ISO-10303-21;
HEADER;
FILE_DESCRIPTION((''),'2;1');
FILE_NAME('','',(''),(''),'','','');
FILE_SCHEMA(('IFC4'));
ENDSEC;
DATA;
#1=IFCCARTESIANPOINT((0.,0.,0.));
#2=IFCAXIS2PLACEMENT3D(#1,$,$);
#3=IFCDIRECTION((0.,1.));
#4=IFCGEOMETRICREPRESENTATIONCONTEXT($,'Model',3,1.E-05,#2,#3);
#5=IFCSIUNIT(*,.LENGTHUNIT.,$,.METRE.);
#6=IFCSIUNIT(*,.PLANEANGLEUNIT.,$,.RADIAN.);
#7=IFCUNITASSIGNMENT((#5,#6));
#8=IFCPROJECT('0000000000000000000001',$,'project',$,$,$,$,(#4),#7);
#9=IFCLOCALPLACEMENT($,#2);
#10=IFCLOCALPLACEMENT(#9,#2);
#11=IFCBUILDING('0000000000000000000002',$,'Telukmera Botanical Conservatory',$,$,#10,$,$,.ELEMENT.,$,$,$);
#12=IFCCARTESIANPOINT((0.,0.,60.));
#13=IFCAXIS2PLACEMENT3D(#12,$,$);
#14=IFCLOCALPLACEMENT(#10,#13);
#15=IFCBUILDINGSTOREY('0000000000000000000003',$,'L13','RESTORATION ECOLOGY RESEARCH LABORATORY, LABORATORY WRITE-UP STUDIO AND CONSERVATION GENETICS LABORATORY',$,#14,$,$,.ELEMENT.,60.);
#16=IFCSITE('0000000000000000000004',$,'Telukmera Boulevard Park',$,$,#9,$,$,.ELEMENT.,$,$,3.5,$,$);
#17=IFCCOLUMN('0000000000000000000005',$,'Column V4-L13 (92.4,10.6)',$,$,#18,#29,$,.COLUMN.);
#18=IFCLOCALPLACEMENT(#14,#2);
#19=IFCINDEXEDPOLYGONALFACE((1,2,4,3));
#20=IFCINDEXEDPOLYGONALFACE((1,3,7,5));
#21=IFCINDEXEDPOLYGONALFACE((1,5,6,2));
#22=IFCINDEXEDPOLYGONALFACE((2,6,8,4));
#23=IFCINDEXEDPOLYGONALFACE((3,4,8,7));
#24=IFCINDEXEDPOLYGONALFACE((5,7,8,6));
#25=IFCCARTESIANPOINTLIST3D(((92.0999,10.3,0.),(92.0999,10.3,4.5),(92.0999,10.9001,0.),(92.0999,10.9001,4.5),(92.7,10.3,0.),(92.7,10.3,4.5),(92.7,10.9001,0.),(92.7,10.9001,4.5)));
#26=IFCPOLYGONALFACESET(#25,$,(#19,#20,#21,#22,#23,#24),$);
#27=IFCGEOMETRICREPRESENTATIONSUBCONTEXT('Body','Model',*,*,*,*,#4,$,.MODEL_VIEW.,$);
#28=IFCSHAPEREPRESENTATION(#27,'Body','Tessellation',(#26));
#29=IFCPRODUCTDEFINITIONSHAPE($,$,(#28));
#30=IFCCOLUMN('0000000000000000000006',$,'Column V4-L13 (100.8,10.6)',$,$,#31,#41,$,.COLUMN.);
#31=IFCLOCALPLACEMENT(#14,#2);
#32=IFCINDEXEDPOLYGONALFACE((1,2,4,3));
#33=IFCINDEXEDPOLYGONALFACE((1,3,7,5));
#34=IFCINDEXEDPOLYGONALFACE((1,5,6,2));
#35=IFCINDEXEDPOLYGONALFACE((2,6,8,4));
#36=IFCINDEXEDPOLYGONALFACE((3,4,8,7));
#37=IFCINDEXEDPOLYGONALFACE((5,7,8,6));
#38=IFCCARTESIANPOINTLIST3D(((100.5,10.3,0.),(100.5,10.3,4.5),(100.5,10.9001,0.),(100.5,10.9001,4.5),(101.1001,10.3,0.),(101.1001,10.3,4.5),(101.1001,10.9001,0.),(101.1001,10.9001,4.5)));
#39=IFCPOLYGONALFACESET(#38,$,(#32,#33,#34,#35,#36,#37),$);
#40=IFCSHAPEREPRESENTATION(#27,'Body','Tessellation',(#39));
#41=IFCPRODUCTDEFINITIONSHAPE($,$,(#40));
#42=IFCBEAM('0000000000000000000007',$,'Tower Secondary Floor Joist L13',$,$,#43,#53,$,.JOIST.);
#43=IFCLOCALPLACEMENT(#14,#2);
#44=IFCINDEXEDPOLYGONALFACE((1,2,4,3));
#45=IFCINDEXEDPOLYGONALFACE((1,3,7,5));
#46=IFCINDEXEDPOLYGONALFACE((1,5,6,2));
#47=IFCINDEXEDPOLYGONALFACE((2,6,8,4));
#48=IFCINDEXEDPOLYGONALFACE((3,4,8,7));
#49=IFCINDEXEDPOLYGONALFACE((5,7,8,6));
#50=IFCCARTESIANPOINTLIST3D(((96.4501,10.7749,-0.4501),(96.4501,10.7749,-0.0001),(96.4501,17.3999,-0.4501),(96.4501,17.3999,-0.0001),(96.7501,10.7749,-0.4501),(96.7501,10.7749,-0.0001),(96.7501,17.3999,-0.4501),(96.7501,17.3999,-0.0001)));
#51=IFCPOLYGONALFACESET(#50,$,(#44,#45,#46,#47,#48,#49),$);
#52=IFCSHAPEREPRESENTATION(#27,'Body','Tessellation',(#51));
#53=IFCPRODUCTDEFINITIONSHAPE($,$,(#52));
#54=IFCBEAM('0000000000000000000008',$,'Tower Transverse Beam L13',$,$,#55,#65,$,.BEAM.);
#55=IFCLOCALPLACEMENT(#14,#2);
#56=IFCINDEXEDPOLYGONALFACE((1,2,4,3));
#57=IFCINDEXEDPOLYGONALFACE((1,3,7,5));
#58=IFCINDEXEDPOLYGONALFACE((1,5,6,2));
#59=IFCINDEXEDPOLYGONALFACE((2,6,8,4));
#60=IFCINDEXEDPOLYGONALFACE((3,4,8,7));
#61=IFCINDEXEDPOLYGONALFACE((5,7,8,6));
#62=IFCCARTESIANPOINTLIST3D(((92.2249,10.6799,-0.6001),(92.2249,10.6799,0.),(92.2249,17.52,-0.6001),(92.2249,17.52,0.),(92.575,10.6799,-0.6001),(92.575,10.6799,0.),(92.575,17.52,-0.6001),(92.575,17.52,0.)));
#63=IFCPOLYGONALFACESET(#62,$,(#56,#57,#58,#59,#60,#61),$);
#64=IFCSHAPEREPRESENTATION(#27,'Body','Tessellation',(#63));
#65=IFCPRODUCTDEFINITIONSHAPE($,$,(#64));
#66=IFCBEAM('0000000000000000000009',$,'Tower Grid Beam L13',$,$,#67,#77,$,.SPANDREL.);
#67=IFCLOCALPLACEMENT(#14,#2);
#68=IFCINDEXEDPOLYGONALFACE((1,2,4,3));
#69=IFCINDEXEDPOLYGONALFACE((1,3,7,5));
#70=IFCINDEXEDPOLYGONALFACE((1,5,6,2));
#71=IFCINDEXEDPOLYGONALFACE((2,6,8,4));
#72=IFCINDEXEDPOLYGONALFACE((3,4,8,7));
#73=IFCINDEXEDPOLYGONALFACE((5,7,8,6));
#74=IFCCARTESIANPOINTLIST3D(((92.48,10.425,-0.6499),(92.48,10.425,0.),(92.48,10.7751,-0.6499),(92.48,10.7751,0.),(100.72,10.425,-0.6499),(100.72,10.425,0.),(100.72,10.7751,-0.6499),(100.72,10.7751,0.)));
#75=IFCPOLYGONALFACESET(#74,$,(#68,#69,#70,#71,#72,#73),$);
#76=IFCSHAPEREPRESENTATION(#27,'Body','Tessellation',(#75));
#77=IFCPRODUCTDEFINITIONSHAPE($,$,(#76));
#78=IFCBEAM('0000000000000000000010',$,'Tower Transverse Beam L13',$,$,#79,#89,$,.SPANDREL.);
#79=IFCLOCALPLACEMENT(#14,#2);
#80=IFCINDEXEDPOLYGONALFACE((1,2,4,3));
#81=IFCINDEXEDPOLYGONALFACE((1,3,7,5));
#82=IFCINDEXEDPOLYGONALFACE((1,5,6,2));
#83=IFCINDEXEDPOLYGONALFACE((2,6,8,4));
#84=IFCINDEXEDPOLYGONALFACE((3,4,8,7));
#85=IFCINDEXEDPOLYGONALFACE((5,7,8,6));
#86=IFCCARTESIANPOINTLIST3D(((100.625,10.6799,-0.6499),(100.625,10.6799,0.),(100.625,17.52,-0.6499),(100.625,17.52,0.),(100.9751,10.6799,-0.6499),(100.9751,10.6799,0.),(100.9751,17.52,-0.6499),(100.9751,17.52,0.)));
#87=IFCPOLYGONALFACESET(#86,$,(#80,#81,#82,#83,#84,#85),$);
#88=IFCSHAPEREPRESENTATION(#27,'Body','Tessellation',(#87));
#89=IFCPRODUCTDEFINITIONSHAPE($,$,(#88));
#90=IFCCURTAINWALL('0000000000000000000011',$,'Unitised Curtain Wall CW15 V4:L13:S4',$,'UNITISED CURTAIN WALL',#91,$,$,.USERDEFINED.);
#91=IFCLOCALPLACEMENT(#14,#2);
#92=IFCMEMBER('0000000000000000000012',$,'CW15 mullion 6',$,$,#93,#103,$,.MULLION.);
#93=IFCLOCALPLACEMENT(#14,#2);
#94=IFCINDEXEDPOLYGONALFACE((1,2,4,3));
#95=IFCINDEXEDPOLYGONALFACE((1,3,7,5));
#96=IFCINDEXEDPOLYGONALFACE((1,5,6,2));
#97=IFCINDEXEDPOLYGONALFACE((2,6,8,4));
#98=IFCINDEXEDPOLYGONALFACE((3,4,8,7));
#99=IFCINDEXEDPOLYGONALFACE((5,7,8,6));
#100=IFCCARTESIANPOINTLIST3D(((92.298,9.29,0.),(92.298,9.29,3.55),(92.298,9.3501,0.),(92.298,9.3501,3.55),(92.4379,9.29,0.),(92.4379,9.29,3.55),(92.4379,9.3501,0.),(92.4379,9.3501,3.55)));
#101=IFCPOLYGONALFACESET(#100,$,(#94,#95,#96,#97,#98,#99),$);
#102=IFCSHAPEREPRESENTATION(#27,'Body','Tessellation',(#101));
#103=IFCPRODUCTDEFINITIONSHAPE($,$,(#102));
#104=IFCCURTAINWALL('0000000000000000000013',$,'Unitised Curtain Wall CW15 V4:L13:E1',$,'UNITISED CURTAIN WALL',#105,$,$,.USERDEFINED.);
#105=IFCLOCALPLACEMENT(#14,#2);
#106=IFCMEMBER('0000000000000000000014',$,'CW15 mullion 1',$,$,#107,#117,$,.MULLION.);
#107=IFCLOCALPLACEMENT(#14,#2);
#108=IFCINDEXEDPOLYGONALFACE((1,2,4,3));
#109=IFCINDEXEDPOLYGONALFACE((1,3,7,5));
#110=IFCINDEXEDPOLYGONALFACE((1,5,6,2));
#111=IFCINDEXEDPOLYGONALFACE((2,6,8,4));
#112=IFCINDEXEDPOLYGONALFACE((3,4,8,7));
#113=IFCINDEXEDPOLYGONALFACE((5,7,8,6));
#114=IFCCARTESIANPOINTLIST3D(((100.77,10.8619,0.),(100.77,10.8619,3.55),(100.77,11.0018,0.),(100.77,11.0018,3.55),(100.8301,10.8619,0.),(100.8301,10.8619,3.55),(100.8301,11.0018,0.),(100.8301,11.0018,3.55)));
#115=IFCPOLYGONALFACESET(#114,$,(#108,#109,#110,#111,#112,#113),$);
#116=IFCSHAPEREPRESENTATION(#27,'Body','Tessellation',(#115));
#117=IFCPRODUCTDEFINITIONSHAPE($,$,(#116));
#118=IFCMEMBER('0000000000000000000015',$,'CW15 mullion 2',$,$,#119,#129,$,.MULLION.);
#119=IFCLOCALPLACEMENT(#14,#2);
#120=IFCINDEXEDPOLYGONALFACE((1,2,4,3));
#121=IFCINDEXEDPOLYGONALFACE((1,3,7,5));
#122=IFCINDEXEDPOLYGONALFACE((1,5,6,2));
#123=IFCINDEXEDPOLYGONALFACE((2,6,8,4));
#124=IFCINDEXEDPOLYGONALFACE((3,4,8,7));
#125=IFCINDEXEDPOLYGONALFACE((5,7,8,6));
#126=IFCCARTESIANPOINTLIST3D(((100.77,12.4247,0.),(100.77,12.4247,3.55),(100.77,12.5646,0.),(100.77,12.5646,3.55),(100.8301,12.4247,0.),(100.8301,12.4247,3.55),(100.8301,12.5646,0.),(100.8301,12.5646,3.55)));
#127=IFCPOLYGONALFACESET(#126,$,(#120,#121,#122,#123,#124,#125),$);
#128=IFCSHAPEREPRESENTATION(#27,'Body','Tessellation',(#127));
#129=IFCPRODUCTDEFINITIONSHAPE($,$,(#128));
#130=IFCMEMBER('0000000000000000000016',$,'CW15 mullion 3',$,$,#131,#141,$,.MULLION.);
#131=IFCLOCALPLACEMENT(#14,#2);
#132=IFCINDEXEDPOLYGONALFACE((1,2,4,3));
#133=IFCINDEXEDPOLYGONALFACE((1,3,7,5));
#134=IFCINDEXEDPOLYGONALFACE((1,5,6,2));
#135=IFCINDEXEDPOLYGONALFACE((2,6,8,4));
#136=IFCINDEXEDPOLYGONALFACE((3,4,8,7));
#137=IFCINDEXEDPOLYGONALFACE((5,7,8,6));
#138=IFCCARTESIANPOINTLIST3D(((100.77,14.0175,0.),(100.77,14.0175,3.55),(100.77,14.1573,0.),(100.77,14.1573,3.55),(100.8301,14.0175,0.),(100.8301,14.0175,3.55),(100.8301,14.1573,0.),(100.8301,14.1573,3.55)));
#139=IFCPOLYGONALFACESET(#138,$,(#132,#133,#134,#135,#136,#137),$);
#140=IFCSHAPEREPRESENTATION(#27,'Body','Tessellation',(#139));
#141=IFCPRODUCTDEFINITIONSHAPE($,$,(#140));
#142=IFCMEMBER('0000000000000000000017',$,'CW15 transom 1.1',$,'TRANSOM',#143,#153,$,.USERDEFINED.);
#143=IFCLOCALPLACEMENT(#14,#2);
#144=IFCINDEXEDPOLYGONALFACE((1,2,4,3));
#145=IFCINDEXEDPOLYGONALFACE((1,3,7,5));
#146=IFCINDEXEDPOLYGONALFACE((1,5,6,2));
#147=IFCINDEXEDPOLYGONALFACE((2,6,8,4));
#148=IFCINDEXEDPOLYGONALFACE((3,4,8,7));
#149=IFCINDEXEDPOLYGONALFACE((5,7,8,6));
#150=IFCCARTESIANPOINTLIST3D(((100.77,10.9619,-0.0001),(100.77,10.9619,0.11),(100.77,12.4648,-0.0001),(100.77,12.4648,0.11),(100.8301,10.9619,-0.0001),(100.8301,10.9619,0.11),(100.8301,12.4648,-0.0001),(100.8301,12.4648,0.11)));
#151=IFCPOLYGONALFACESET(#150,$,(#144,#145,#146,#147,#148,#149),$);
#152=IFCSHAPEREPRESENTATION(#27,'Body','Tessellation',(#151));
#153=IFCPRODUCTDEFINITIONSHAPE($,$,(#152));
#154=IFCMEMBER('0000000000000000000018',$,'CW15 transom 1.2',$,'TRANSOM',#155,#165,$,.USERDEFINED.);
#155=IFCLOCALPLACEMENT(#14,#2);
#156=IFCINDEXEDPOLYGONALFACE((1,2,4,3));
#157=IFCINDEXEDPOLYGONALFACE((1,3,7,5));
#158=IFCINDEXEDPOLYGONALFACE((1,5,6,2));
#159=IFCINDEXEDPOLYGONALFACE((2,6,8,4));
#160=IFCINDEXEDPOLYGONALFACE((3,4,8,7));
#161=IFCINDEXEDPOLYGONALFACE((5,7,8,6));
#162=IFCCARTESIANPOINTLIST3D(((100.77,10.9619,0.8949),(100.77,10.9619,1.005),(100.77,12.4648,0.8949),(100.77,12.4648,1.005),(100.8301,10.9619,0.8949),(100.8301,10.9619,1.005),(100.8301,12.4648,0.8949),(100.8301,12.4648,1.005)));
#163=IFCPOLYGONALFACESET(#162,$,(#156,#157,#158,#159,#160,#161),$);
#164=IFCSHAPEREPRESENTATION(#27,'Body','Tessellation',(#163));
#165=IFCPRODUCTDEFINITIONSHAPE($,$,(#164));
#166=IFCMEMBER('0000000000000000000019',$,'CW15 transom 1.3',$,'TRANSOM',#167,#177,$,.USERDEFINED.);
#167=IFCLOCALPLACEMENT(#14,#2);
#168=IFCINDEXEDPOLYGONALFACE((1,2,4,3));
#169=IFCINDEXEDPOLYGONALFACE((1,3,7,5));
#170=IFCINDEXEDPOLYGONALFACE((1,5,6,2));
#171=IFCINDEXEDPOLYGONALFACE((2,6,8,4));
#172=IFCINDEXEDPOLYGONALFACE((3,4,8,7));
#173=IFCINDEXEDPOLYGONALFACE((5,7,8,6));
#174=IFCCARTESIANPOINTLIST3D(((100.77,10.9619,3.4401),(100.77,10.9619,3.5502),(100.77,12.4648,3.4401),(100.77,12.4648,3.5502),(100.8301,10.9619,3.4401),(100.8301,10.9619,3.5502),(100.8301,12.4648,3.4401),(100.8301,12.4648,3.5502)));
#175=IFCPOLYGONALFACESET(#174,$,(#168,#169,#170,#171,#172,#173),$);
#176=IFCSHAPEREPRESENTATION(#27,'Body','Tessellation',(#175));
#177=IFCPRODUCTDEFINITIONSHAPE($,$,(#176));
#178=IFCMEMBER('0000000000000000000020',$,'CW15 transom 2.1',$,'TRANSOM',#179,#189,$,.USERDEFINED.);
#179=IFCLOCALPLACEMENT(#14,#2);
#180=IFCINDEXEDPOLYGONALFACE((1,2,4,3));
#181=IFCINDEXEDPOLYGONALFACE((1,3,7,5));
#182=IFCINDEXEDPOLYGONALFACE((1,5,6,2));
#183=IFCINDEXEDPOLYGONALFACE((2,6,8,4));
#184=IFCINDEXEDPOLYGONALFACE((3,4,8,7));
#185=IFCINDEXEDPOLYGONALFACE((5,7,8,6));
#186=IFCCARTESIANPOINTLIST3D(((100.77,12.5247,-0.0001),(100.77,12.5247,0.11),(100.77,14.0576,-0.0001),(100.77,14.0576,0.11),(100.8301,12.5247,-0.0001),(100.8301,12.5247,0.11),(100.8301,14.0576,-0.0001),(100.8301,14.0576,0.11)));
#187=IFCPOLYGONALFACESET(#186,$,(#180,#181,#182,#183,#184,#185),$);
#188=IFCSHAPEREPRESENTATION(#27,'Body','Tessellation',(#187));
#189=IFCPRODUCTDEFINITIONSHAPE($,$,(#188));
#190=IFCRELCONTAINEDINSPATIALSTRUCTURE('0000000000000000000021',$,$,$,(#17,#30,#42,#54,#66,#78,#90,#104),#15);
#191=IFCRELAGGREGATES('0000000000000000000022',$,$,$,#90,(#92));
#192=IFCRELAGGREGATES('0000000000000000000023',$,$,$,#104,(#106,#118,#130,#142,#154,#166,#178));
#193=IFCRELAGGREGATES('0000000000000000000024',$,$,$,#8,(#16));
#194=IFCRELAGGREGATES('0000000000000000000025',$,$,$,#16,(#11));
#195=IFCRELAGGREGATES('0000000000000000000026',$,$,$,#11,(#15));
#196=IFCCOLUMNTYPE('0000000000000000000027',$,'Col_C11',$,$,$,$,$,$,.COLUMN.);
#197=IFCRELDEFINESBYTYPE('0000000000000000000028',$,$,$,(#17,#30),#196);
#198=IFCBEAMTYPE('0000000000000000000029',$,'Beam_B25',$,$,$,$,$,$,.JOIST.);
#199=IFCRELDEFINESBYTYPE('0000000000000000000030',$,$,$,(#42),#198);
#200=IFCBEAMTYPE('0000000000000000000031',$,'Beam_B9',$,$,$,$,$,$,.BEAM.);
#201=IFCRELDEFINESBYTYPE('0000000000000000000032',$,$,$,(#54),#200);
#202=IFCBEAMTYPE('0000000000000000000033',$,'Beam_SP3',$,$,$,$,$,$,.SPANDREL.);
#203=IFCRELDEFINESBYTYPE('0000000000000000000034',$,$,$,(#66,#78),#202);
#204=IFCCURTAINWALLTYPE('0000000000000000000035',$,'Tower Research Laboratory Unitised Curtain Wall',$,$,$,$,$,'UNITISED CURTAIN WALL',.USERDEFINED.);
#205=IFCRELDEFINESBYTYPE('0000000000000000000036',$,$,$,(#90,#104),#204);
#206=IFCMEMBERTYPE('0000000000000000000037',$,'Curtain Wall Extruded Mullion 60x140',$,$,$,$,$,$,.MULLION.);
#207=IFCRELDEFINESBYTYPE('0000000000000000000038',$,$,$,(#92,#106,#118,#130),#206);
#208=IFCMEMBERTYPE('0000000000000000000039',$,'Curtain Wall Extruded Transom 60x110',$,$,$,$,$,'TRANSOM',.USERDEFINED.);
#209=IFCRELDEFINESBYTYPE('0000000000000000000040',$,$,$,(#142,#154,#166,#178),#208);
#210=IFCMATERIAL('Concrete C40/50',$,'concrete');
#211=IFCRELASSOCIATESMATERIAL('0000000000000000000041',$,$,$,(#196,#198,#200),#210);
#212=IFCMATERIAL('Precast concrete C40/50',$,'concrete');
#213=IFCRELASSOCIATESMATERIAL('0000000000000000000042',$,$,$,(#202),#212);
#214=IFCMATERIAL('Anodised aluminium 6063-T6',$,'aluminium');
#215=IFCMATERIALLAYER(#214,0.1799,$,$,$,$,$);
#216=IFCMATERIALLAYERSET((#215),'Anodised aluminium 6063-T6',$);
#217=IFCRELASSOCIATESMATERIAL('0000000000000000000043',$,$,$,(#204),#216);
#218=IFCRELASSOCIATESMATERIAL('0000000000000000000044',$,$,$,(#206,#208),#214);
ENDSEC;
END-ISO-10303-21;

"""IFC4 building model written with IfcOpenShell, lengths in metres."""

from ifc_helpers import new_model, si_unit, direction, frame, origin, origin_2d, place, context, subcontext, project, spatial, rectangle, extrude, material, layer, layer_set, material_profile, profile_set, type_object, element, aggregate, save


model = new_model("IFC4")

# Units and contexts
model_context = context("Model", 3, precision=1e-05, world=origin(), true_north=direction((0.0, 1.0)))
body_context = subcontext(model_context, "Body", "Model", "MODEL_VIEW")
ifc_project = project(units=[si_unit("LENGTHUNIT", "METRE"), si_unit("PLANEANGLEUNIT", "RADIAN")], contexts=[model_context])

# Site, building, storey
site_placement = place(None, origin())
site = spatial("IfcSite", under=ifc_project, at=site_placement, Name="Telukmera Boulevard Park", CompositionType="ELEMENT", RefElevation=3.5)
building_placement = place(site_placement, origin())
building = spatial("IfcBuilding", under=site, at=building_placement, Name="Telukmera Botanical Conservatory", CompositionType="ELEMENT")
storey_placement = place(building_placement, frame((0.0, 0.0, 60.0)))
storey = spatial("IfcBuildingStorey", under=building, at=storey_placement, Name="L13", Description="RESTORATION ECOLOGY RESEARCH LABORATORY, LABORATORY WRITE-UP STUDIO AND CONSERVATION GENETICS LABORATORY", CompositionType="ELEMENT", Elevation=60.0)

# Columns
ifc_material_1 = material(Name="Concrete C40/50", Category="concrete")
ifc_material_profile_1 = material_profile(ifc_material_1, rectangle(XDim=0.6001, YDim=0.6001, at=origin_2d()), Name="RC 600x600")
ifc_profile_set_1 = profile_set([ifc_material_profile_1], Name="Concrete C40/50")
column_type = type_object("IfcColumnType", Name="Col_C11", PredefinedType="COLUMN", material=ifc_profile_set_1)
for number, where, z_axis, x_axis, name in (
    (1, (92.3999, 10.6001, 0.0), (0.0, 0.0, 1.0), (1.0, 0.0, 0.0), "Column V4-L13 (92.4,10.6)"),
    (2, (100.8, 10.6001, 0.0), (0.0, 0.0, 1.0), (1.0, 0.0, 0.0), "Column V4-L13 (100.8,10.6)"),
):
    element("IfcColumn", number, at=place(storey_placement, frame(where, z_axis=z_axis, x_axis=x_axis)), inside=storey, type_object=column_type, Name=name, PredefinedType="COLUMN", context=body_context, shape_type="SweptSolid", body=[
        extrude(rectangle(XDim=0.6001, YDim=0.6001, at=origin_2d()), origin(), (0.0, 0.0, 1.0), 4.5),
    ])

# Beams
ifc_material_profile_2 = material_profile(ifc_material_1, rectangle(XDim=0.3, YDim=0.45, at=origin_2d()), Name="RC 300x450")
ifc_profile_set_2 = profile_set([ifc_material_profile_2], Name="Concrete C40/50")
beam_type_1 = type_object("IfcBeamType", Name="Beam_B25", PredefinedType="JOIST", material=ifc_profile_set_2)
beam_1_placement = place(storey_placement, frame((96.6001, 10.7749, -0.2251), z_axis=(0.0, 1.0, 0.0), x_axis=(-1.0, 0.0, 0.0)))
element("IfcBeam", 3, at=beam_1_placement, inside=storey, type_object=beam_type_1, Name="Tower Secondary Floor Joist L13", PredefinedType="JOIST", context=body_context, shape_type="SweptSolid", body=[
    extrude(rectangle(XDim=0.3, YDim=0.45, at=origin_2d()), origin(), (0.0, 0.0, 1.0), 6.625),
])
ifc_material_profile_3 = material_profile(ifc_material_1, rectangle(XDim=0.3501, YDim=0.6001, at=origin_2d()), Name="RC 350x600")
ifc_profile_set_3 = profile_set([ifc_material_profile_3], Name="Concrete C40/50")
beam_type_2 = type_object("IfcBeamType", Name="Beam_B9", PredefinedType="BEAM", material=ifc_profile_set_3)
beam_2_placement = place(storey_placement, frame((92.3999, 10.6799, -0.3), z_axis=(0.0, 1.0, 0.0), x_axis=(-1.0, 0.0, 0.0)))
element("IfcBeam", 4, at=beam_2_placement, inside=storey, type_object=beam_type_2, Name="Tower Transverse Beam L13", PredefinedType="BEAM", context=body_context, shape_type="SweptSolid", body=[
    extrude(rectangle(XDim=0.3501, YDim=0.6001, at=origin_2d()), origin(), (0.0, 0.0, 1.0), 6.8401),
])
ifc_material_2 = material(Name="Precast concrete C40/50", Category="concrete")
ifc_material_profile_4 = material_profile(ifc_material_2, rectangle(XDim=0.3501, YDim=0.6499, at=origin_2d()), Name="PC 350x650")
ifc_profile_set_4 = profile_set([ifc_material_profile_4], Name="Precast concrete C40/50")
beam_type_3 = type_object("IfcBeamType", Name="Beam_SP3", PredefinedType="SPANDREL", material=ifc_profile_set_4)
beam_3_placement = place(storey_placement, frame((92.48, 10.6001, -0.325), z_axis=(1.0, 0.0, 0.0), x_axis=(0.0, 1.0, 0.0)))
element("IfcBeam", 5, at=beam_3_placement, inside=storey, type_object=beam_type_3, Name="Tower Grid Beam L13", PredefinedType="SPANDREL", context=body_context, shape_type="SweptSolid", body=[
    extrude(rectangle(XDim=0.3501, YDim=0.6499, at=origin_2d()), origin(), (0.0, 0.0, 1.0), 8.24),
])
beam_4_placement = place(storey_placement, frame((100.8, 10.6799, -0.325), z_axis=(0.0, 1.0, 0.0), x_axis=(-1.0, 0.0, 0.0)))
element("IfcBeam", 6, at=beam_4_placement, inside=storey, type_object=beam_type_3, Name="Tower Transverse Beam L13", PredefinedType="SPANDREL", context=body_context, shape_type="SweptSolid", body=[
    extrude(rectangle(XDim=0.3501, YDim=0.6499, at=origin_2d()), origin(), (0.0, 0.0, 1.0), 6.8401),
])

# Curtain wall, member
ifc_material_3 = material(Name="Anodised aluminium 6063-T6", Category="aluminium")
ifc_layer_1 = layer(ifc_material_3, 0.1799)
ifc_layer_set_1 = layer_set([ifc_layer_1], Name="Anodised aluminium 6063-T6")
curtain_wall_type = type_object("IfcCurtainWallType", Name="Tower Research Laboratory Unitised Curtain Wall", ElementType="UNITISED CURTAIN WALL", PredefinedType="USERDEFINED", material=ifc_layer_set_1)
curtain_wall_1_placement = place(storey_placement, origin())
curtain_wall_1 = element("IfcCurtainWall", 7, at=curtain_wall_1_placement, inside=storey, type_object=curtain_wall_type, Name="Unitised Curtain Wall CW15 V4:L13:S4", ObjectType="UNITISED CURTAIN WALL", PredefinedType="USERDEFINED")
ifc_material_profile_5 = material_profile(ifc_material_3, rectangle(XDim=0.0601, YDim=0.1399, at=origin_2d()), Name="ALU MULL 60x140")
ifc_profile_set_5 = profile_set([ifc_material_profile_5], Name="Anodised aluminium 6063-T6")
member_type_1 = type_object("IfcMemberType", Name="Curtain Wall Extruded Mullion 60x140", PredefinedType="MULLION", material=ifc_profile_set_5)
member_1_placement = place(storey_placement, frame((92.3679, 9.3201, 0.0), z_axis=(0.0, 0.0, 1.0), x_axis=(0.0, 1.0, 0.0)))
member_1 = element("IfcMember", 8, at=member_1_placement, type_object=member_type_1, Name="CW15 mullion 6", PredefinedType="MULLION", context=body_context, shape_type="SweptSolid", body=[
    extrude(rectangle(XDim=0.0601, YDim=0.1399, at=origin_2d()), origin(), (0.0, 0.0, 1.0), 3.55),
])
aggregate(curtain_wall_1, [member_1])

# Curtain wall, members
curtain_wall_2_placement = place(storey_placement, origin())
curtain_wall_2 = element("IfcCurtainWall", 9, at=curtain_wall_2_placement, inside=storey, type_object=curtain_wall_type, Name="Unitised Curtain Wall CW15 V4:L13:E1", ObjectType="UNITISED CURTAIN WALL", PredefinedType="USERDEFINED")
member_2_placement = place(storey_placement, frame((100.8, 10.9319, 0.0), z_axis=(0.0, 0.0, 1.0), x_axis=(-1.0, 0.0, 0.0)))
member_2 = element("IfcMember", 10, at=member_2_placement, type_object=member_type_1, Name="CW15 mullion 1", PredefinedType="MULLION", context=body_context, shape_type="SweptSolid", body=[
    extrude(rectangle(XDim=0.0601, YDim=0.1399, at=origin_2d()), origin(), (0.0, 0.0, 1.0), 3.55),
])
member_3_placement = place(storey_placement, frame((100.8, 12.4946, 0.0), z_axis=(0.0, 0.0, 1.0), x_axis=(-1.0, 0.0, 0.0)))
member_3 = element("IfcMember", 11, at=member_3_placement, type_object=member_type_1, Name="CW15 mullion 2", PredefinedType="MULLION", context=body_context, shape_type="SweptSolid", body=[
    extrude(rectangle(XDim=0.0601, YDim=0.1399, at=origin_2d()), origin(), (0.0, 0.0, 1.0), 3.55),
])
member_4_placement = place(storey_placement, frame((100.8, 14.0874, 0.0), z_axis=(0.0, 0.0, 1.0), x_axis=(-1.0, 0.0, 0.0)))
member_4 = element("IfcMember", 12, at=member_4_placement, type_object=member_type_1, Name="CW15 mullion 3", PredefinedType="MULLION", context=body_context, shape_type="SweptSolid", body=[
    extrude(rectangle(XDim=0.0601, YDim=0.1399, at=origin_2d()), origin(), (0.0, 0.0, 1.0), 3.55),
])
ifc_material_profile_6 = material_profile(ifc_material_3, rectangle(XDim=0.0601, YDim=0.1101, at=origin_2d()), Name="ALU TRAN 60x110")
ifc_profile_set_6 = profile_set([ifc_material_profile_6], Name="Anodised aluminium 6063-T6")
member_type_2 = type_object("IfcMemberType", Name="Curtain Wall Extruded Transom 60x110", ElementType="TRANSOM", PredefinedType="USERDEFINED", material=ifc_profile_set_6)
member_5_placement = place(storey_placement, frame((100.8, 10.9619, 0.0549), z_axis=(0.0, 1.0, 0.0), x_axis=(-1.0, 0.0, 0.0)))
member_5 = element("IfcMember", 13, at=member_5_placement, type_object=member_type_2, Name="CW15 transom 1.1", ObjectType="TRANSOM", PredefinedType="USERDEFINED", context=body_context, shape_type="SweptSolid", body=[
    extrude(rectangle(XDim=0.0601, YDim=0.1101, at=origin_2d()), origin(), (0.0, 0.0, 1.0), 1.5029),
])
member_6_placement = place(storey_placement, frame((100.8, 10.9619, 0.95), z_axis=(0.0, 1.0, 0.0), x_axis=(-1.0, 0.0, 0.0)))
member_6 = element("IfcMember", 14, at=member_6_placement, type_object=member_type_2, Name="CW15 transom 1.2", ObjectType="TRANSOM", PredefinedType="USERDEFINED", context=body_context, shape_type="SweptSolid", body=[
    extrude(rectangle(XDim=0.0601, YDim=0.1101, at=origin_2d()), origin(), (0.0, 0.0, 1.0), 1.5029),
])
member_7_placement = place(storey_placement, frame((100.8, 10.9619, 3.4951), z_axis=(0.0, 1.0, 0.0), x_axis=(-1.0, 0.0, 0.0)))
member_7 = element("IfcMember", 15, at=member_7_placement, type_object=member_type_2, Name="CW15 transom 1.3", ObjectType="TRANSOM", PredefinedType="USERDEFINED", context=body_context, shape_type="SweptSolid", body=[
    extrude(rectangle(XDim=0.0601, YDim=0.1101, at=origin_2d()), origin(), (0.0, 0.0, 1.0), 1.5029),
])
member_8_placement = place(storey_placement, frame((100.8, 12.5247, 0.0549), z_axis=(0.0, 1.0, 0.0), x_axis=(-1.0, 0.0, 0.0)))
member_8 = element("IfcMember", 16, at=member_8_placement, type_object=member_type_2, Name="CW15 transom 2.1", ObjectType="TRANSOM", PredefinedType="USERDEFINED", context=body_context, shape_type="SweptSolid", body=[
    extrude(rectangle(XDim=0.0601, YDim=0.1101, at=origin_2d()), origin(), (0.0, 0.0, 1.0), 1.533),
])
aggregate(curtain_wall_2, [member_2, member_3, member_4, member_5, member_6, member_7, member_8])

save(model, "model.ifc")
